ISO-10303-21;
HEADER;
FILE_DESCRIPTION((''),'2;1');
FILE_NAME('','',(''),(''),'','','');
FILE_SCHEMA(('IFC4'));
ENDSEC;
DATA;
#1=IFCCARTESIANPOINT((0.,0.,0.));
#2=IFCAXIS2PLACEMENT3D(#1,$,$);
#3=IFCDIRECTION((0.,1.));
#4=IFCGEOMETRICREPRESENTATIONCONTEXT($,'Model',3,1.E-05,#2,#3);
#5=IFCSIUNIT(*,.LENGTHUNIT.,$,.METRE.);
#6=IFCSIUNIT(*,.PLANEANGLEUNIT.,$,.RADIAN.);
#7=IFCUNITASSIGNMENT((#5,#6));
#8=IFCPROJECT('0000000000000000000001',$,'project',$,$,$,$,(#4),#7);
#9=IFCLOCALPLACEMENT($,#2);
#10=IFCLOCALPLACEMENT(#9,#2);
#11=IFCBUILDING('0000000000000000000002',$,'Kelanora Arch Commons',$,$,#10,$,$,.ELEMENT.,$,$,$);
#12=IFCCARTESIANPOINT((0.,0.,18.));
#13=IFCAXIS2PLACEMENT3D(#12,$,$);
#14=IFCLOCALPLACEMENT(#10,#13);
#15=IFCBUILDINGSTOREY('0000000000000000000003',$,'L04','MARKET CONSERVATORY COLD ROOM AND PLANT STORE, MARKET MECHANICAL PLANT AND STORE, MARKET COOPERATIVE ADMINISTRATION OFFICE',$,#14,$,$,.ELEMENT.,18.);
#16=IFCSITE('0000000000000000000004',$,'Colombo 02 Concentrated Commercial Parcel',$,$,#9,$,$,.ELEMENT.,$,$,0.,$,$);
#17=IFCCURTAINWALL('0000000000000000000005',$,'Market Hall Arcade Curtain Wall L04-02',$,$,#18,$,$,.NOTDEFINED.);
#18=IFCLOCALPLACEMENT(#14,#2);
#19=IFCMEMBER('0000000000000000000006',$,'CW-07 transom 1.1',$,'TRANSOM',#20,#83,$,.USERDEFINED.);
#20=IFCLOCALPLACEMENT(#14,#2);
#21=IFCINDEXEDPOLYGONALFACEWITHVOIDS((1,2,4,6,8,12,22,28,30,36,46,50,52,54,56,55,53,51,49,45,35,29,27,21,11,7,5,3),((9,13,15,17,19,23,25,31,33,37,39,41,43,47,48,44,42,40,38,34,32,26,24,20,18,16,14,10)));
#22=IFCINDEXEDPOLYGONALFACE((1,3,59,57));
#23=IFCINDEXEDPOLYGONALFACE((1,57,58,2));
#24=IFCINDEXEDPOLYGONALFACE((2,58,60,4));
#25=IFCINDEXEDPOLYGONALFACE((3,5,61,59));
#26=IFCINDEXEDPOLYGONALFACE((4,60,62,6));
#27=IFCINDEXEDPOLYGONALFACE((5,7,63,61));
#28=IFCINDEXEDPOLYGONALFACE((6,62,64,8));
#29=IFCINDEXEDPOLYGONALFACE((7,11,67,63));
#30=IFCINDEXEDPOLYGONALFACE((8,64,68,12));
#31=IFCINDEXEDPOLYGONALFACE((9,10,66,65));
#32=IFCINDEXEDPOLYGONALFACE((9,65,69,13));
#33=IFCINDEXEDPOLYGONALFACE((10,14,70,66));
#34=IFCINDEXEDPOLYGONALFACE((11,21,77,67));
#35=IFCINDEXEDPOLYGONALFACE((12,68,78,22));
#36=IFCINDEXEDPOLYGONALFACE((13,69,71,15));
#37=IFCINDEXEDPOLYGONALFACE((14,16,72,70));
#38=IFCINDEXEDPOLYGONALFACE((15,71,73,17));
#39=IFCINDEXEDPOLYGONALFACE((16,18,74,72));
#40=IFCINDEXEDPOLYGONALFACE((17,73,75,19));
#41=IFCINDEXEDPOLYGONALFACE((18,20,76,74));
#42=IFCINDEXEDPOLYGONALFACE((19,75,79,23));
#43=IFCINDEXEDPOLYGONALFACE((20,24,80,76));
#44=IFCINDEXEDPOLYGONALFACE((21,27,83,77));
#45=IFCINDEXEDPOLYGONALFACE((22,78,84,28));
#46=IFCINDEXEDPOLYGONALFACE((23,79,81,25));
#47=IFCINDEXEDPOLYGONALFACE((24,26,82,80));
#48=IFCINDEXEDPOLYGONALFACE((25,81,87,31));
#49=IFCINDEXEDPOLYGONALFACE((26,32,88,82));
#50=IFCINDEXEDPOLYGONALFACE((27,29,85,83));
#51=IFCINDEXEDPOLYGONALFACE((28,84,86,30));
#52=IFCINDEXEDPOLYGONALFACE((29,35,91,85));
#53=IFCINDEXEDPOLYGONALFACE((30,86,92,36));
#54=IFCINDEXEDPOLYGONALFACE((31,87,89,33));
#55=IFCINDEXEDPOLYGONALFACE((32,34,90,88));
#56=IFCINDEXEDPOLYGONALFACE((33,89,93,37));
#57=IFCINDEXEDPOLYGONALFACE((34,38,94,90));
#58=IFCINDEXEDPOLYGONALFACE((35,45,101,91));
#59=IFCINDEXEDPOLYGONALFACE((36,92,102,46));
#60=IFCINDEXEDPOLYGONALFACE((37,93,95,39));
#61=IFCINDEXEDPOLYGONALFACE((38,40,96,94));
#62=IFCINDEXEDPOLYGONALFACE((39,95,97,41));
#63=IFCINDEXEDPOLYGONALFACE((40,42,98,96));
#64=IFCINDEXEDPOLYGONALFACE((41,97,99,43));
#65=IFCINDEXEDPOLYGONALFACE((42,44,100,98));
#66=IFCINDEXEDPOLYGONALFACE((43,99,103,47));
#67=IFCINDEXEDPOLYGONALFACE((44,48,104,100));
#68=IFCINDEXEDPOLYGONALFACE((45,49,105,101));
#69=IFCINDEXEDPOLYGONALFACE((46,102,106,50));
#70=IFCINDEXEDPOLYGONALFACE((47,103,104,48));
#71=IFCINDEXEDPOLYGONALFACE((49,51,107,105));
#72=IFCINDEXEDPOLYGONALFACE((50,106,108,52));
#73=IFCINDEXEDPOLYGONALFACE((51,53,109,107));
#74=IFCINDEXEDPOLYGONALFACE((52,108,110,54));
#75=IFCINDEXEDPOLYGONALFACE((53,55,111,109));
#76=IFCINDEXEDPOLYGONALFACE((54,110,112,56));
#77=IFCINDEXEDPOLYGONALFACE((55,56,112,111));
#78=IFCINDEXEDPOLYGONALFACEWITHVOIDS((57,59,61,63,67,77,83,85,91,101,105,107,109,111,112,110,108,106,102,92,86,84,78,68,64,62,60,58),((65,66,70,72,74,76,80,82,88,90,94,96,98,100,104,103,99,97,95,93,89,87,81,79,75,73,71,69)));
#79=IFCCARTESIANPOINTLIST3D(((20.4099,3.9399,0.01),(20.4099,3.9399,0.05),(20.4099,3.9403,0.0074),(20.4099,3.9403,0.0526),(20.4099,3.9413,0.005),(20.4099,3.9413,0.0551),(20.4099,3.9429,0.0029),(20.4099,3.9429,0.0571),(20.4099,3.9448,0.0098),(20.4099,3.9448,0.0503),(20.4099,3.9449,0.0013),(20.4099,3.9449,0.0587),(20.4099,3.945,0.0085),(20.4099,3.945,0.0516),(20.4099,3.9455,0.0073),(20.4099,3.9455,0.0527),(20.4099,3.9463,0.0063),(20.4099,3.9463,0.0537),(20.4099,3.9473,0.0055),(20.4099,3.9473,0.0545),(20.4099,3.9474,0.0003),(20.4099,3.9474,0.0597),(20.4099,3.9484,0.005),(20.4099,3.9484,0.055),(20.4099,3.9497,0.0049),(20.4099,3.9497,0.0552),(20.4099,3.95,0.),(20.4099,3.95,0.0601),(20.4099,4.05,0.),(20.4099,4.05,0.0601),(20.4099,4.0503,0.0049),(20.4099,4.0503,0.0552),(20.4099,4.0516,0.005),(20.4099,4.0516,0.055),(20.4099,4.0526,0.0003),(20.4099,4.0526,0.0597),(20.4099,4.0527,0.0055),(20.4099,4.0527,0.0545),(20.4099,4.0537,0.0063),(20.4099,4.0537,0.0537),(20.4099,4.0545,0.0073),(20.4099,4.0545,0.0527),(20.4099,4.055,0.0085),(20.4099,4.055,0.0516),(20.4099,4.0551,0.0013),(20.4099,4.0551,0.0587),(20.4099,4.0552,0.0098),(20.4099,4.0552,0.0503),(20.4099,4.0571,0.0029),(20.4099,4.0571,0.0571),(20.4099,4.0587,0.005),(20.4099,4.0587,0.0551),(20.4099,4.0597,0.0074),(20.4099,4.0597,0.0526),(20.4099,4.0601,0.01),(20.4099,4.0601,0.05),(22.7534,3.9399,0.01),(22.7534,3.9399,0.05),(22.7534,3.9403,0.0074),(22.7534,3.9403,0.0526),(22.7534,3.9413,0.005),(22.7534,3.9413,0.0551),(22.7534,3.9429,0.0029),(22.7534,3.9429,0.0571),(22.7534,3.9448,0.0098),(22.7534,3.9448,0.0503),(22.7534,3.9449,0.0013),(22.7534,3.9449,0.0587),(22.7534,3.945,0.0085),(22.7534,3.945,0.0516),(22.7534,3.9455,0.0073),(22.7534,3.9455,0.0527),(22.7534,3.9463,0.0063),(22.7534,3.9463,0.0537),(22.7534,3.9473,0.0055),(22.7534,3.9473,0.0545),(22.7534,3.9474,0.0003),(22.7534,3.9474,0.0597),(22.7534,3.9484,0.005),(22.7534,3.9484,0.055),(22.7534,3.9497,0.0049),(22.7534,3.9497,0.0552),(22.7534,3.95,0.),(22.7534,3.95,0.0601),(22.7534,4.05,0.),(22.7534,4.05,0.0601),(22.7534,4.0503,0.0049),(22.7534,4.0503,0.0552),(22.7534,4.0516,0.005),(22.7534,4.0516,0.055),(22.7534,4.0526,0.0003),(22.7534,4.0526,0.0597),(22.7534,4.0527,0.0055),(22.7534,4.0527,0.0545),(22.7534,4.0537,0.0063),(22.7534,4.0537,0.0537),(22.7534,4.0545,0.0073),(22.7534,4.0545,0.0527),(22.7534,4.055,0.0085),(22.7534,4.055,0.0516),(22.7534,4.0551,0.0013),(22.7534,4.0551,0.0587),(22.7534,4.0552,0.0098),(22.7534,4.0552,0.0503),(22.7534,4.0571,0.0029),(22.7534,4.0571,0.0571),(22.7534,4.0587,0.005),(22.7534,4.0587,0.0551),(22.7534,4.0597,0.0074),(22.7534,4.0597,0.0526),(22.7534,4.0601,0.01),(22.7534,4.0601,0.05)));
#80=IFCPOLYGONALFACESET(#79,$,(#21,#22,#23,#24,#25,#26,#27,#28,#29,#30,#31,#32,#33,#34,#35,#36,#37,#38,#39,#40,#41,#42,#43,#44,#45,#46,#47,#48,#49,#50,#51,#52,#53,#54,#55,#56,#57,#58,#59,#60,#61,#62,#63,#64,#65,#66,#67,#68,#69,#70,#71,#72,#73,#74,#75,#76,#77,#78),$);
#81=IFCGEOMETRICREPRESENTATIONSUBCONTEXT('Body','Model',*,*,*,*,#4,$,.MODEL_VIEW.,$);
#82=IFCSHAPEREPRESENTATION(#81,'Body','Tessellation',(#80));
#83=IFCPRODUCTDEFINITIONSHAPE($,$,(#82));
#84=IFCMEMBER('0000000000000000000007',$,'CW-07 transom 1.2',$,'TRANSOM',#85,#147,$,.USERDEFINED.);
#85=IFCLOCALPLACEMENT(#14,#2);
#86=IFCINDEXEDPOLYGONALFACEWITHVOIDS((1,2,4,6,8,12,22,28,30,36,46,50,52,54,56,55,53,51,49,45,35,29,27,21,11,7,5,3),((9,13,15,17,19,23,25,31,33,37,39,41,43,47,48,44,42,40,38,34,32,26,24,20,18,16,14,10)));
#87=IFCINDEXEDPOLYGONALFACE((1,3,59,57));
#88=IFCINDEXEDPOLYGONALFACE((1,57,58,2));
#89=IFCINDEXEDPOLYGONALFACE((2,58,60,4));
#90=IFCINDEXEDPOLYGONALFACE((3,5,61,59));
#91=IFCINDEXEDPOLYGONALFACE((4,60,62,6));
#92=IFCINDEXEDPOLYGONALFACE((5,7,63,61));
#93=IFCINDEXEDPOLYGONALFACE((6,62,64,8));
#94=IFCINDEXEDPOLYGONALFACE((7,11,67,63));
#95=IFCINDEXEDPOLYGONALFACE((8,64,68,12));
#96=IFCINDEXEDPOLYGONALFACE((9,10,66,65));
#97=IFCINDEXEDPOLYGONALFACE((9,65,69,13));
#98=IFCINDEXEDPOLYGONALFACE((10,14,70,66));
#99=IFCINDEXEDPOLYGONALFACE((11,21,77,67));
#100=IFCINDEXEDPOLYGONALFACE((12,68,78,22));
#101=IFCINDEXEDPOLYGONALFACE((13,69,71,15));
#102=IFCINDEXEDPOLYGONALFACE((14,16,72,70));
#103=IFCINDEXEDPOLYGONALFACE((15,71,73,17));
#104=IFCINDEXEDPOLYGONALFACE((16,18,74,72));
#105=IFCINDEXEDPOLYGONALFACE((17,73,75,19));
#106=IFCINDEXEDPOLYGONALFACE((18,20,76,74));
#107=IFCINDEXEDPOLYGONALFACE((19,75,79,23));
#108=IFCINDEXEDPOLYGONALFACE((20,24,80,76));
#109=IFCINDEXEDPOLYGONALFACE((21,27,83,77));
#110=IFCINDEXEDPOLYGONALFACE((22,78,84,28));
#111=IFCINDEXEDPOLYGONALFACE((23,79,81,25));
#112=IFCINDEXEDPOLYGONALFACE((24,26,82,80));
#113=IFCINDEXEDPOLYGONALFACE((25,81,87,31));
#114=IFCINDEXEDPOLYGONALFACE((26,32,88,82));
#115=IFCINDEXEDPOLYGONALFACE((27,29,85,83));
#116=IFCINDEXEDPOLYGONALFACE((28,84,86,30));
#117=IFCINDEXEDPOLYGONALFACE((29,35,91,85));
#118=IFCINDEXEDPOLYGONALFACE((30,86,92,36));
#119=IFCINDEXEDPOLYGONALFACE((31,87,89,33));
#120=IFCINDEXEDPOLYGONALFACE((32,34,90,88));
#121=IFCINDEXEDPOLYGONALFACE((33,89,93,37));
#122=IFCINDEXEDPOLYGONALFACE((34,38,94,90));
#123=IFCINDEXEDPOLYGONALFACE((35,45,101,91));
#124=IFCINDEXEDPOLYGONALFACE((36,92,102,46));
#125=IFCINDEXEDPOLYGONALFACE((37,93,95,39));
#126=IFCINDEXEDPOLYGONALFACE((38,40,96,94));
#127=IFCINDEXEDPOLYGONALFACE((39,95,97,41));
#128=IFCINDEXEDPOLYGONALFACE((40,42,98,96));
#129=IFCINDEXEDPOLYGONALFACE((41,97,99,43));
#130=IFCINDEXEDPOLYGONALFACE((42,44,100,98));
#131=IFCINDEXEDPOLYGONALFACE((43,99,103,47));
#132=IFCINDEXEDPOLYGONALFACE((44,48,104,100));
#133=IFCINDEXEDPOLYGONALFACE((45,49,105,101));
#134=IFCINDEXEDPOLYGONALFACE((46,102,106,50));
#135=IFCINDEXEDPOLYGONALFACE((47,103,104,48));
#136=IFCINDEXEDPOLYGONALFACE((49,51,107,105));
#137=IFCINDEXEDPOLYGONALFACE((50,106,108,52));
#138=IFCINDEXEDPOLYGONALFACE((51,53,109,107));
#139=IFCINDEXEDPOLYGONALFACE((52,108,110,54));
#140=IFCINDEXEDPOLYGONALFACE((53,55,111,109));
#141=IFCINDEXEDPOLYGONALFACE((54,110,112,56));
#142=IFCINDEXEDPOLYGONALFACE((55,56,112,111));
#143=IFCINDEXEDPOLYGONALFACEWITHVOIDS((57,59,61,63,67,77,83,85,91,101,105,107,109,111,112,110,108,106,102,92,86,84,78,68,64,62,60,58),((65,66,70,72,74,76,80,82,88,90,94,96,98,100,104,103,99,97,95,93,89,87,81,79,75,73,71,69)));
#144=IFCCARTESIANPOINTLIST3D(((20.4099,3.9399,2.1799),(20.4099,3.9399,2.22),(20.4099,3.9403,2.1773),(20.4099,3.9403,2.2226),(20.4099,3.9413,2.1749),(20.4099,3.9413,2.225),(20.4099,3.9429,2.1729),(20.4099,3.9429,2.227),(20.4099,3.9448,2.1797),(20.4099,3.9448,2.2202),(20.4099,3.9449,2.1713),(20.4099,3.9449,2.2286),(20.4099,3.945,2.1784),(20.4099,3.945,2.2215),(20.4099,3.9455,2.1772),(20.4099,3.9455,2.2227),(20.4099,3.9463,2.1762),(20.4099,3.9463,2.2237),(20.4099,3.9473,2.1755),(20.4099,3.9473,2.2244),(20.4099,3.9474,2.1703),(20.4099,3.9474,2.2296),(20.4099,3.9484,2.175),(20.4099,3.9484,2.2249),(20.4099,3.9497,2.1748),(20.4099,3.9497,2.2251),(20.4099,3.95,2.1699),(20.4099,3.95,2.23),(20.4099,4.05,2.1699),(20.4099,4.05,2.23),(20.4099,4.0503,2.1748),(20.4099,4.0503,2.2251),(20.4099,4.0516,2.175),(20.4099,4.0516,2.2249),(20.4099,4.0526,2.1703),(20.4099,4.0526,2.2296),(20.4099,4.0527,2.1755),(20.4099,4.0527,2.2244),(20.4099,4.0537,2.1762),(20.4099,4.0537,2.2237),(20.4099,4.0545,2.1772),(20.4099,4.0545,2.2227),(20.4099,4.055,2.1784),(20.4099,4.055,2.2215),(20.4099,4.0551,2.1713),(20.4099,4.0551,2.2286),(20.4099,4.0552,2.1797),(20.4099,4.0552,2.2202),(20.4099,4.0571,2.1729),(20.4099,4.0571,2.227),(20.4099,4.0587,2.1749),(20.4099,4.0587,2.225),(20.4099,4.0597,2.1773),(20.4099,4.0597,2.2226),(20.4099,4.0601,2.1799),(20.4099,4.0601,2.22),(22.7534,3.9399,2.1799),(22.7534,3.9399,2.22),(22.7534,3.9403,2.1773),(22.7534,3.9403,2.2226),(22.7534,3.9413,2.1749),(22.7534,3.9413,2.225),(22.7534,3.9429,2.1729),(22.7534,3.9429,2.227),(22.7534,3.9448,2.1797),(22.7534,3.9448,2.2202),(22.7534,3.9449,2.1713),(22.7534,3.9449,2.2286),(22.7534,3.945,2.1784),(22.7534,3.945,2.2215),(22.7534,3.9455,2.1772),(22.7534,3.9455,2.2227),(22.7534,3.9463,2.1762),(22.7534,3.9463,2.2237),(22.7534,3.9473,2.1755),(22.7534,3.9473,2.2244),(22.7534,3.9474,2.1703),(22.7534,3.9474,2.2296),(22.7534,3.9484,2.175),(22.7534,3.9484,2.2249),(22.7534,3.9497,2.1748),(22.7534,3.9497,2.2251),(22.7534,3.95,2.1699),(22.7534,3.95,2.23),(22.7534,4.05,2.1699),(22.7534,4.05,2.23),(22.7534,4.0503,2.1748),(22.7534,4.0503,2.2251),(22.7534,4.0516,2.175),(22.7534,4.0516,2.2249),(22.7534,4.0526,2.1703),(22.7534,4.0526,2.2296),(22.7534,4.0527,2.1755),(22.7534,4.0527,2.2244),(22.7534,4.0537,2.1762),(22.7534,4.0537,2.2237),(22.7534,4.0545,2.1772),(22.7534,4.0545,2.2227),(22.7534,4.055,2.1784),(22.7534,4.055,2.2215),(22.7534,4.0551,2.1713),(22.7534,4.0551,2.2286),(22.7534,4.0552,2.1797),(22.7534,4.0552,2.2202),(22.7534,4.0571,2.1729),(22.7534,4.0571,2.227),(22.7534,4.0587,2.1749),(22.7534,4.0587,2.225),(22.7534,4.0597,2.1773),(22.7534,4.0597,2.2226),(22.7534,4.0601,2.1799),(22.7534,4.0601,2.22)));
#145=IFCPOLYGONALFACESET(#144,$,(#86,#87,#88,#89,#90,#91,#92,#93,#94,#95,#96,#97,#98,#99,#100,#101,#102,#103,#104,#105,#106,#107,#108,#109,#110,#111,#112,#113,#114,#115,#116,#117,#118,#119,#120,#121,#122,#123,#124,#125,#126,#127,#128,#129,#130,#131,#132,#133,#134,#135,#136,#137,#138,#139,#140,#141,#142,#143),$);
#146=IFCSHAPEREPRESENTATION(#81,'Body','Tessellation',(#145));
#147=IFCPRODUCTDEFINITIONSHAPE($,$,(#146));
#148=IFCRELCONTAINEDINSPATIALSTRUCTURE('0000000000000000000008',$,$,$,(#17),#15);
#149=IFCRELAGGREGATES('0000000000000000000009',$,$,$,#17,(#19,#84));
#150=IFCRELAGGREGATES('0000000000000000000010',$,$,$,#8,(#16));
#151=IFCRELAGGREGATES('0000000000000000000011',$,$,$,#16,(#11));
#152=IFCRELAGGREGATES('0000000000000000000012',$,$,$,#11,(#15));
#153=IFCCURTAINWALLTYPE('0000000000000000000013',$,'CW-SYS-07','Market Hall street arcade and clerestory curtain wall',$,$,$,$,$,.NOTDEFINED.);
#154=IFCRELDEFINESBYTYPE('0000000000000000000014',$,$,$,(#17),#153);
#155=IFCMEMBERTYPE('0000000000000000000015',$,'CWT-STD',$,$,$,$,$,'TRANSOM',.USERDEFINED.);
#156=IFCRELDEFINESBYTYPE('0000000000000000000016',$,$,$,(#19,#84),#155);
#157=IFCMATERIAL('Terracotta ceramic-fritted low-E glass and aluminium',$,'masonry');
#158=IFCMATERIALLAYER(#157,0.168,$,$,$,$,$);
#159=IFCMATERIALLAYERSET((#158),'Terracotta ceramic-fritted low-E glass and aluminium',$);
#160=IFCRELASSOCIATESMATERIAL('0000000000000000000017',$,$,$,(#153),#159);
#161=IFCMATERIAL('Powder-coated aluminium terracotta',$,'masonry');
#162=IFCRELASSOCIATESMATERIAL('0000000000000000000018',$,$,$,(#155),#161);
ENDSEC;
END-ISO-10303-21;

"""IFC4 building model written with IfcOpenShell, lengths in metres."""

from ifc_helpers import new_model, si_unit, direction, frame, origin, origin_2d, place, context, subcontext, project, spatial, hollow_rectangle, extrude, material, layer, layer_set, material_profile, profile_set, type_object, element, aggregate, save


model = new_model("IFC4")

# Units and contexts
model_context = context("Model", 3, precision=1e-05, world=origin(), true_north=direction((0.0, 1.0)))
body_context = subcontext(model_context, "Body", "Model", "MODEL_VIEW")
ifc_project = project(units=[si_unit("LENGTHUNIT", "METRE"), si_unit("PLANEANGLEUNIT", "RADIAN")], contexts=[model_context])

# Site, building, storey
site_placement = place(None, origin())
site = spatial("IfcSite", under=ifc_project, at=site_placement, Name="Colombo 02 Concentrated Commercial Parcel", CompositionType="ELEMENT", RefElevation=0.0)
building_placement = place(site_placement, origin())
building = spatial("IfcBuilding", under=site, at=building_placement, Name="Kelanora Arch Commons", CompositionType="ELEMENT")
storey_placement = place(building_placement, frame((0.0, 0.0, 18.0)))
storey = spatial("IfcBuildingStorey", under=building, at=storey_placement, Name="L04", Description="MARKET CONSERVATORY COLD ROOM AND PLANT STORE, MARKET MECHANICAL PLANT AND STORE, MARKET COOPERATIVE ADMINISTRATION OFFICE", CompositionType="ELEMENT", Elevation=18.0)

# Curtain wall, members
ifc_material_1 = material(Name="Terracotta ceramic-fritted low-E glass and aluminium", Category="masonry")
ifc_layer_1 = layer(ifc_material_1, 0.168)
ifc_layer_set_1 = layer_set([ifc_layer_1], Name="Terracotta ceramic-fritted low-E glass and aluminium")
curtain_wall_type = type_object("IfcCurtainWallType", Name="CW-SYS-07", Description="Market Hall street arcade and clerestory curtain wall", PredefinedType="NOTDEFINED", material=ifc_layer_set_1)
curtain_wall_placement = place(storey_placement, origin())
curtain_wall = element("IfcCurtainWall", 1, at=curtain_wall_placement, inside=storey, type_object=curtain_wall_type, Name="Market Hall Arcade Curtain Wall L04-02", PredefinedType="NOTDEFINED")
ifc_material_2 = material(Name="Powder-coated aluminium terracotta", Category="masonry")
ifc_material_profile_1 = material_profile(ifc_material_2, hollow_rectangle(XDim=0.1201, YDim=0.0601, WallThickness=0.0049, InnerFilletRadius=0.0049, OuterFilletRadius=0.01, at=origin_2d()), Name="CWT120x60")
ifc_profile_set_1 = profile_set([ifc_material_profile_1], Name="Powder-coated aluminium terracotta")
member_type_1 = type_object("IfcMemberType", Name="CWT-STD", ElementType="TRANSOM", PredefinedType="USERDEFINED", material=ifc_profile_set_1)
member_1_placement = place(storey_placement, frame((20.4099, 4.0, 0.03), z_axis=(1.0, 0.0, 0.0), x_axis=(0.0, 1.0, 0.0)))
member_1 = element("IfcMember", 2, at=member_1_placement, type_object=member_type_1, Name="CW-07 transom 1.1", ObjectType="TRANSOM", PredefinedType="USERDEFINED", context=body_context, shape_type="SweptSolid", body=[
    extrude(hollow_rectangle(XDim=0.1201, YDim=0.0601, WallThickness=0.0049, InnerFilletRadius=0.0049, OuterFilletRadius=0.01, at=origin_2d()), origin(), (0.0, 0.0, 1.0), 2.3435),
])
member_2_placement = place(storey_placement, frame((20.4099, 4.0, 2.2), z_axis=(1.0, 0.0, 0.0), x_axis=(0.0, 1.0, 0.0)))
member_2 = element("IfcMember", 3, at=member_2_placement, type_object=member_type_1, Name="CW-07 transom 1.2", ObjectType="TRANSOM", PredefinedType="USERDEFINED", context=body_context, shape_type="SweptSolid", body=[
    extrude(hollow_rectangle(XDim=0.1201, YDim=0.0601, WallThickness=0.0049, InnerFilletRadius=0.0049, OuterFilletRadius=0.01, at=origin_2d()), origin(), (0.0, 0.0, 1.0), 2.3435),
])
aggregate(curtain_wall, [member_1, member_2])

save(model, "model.ifc")
